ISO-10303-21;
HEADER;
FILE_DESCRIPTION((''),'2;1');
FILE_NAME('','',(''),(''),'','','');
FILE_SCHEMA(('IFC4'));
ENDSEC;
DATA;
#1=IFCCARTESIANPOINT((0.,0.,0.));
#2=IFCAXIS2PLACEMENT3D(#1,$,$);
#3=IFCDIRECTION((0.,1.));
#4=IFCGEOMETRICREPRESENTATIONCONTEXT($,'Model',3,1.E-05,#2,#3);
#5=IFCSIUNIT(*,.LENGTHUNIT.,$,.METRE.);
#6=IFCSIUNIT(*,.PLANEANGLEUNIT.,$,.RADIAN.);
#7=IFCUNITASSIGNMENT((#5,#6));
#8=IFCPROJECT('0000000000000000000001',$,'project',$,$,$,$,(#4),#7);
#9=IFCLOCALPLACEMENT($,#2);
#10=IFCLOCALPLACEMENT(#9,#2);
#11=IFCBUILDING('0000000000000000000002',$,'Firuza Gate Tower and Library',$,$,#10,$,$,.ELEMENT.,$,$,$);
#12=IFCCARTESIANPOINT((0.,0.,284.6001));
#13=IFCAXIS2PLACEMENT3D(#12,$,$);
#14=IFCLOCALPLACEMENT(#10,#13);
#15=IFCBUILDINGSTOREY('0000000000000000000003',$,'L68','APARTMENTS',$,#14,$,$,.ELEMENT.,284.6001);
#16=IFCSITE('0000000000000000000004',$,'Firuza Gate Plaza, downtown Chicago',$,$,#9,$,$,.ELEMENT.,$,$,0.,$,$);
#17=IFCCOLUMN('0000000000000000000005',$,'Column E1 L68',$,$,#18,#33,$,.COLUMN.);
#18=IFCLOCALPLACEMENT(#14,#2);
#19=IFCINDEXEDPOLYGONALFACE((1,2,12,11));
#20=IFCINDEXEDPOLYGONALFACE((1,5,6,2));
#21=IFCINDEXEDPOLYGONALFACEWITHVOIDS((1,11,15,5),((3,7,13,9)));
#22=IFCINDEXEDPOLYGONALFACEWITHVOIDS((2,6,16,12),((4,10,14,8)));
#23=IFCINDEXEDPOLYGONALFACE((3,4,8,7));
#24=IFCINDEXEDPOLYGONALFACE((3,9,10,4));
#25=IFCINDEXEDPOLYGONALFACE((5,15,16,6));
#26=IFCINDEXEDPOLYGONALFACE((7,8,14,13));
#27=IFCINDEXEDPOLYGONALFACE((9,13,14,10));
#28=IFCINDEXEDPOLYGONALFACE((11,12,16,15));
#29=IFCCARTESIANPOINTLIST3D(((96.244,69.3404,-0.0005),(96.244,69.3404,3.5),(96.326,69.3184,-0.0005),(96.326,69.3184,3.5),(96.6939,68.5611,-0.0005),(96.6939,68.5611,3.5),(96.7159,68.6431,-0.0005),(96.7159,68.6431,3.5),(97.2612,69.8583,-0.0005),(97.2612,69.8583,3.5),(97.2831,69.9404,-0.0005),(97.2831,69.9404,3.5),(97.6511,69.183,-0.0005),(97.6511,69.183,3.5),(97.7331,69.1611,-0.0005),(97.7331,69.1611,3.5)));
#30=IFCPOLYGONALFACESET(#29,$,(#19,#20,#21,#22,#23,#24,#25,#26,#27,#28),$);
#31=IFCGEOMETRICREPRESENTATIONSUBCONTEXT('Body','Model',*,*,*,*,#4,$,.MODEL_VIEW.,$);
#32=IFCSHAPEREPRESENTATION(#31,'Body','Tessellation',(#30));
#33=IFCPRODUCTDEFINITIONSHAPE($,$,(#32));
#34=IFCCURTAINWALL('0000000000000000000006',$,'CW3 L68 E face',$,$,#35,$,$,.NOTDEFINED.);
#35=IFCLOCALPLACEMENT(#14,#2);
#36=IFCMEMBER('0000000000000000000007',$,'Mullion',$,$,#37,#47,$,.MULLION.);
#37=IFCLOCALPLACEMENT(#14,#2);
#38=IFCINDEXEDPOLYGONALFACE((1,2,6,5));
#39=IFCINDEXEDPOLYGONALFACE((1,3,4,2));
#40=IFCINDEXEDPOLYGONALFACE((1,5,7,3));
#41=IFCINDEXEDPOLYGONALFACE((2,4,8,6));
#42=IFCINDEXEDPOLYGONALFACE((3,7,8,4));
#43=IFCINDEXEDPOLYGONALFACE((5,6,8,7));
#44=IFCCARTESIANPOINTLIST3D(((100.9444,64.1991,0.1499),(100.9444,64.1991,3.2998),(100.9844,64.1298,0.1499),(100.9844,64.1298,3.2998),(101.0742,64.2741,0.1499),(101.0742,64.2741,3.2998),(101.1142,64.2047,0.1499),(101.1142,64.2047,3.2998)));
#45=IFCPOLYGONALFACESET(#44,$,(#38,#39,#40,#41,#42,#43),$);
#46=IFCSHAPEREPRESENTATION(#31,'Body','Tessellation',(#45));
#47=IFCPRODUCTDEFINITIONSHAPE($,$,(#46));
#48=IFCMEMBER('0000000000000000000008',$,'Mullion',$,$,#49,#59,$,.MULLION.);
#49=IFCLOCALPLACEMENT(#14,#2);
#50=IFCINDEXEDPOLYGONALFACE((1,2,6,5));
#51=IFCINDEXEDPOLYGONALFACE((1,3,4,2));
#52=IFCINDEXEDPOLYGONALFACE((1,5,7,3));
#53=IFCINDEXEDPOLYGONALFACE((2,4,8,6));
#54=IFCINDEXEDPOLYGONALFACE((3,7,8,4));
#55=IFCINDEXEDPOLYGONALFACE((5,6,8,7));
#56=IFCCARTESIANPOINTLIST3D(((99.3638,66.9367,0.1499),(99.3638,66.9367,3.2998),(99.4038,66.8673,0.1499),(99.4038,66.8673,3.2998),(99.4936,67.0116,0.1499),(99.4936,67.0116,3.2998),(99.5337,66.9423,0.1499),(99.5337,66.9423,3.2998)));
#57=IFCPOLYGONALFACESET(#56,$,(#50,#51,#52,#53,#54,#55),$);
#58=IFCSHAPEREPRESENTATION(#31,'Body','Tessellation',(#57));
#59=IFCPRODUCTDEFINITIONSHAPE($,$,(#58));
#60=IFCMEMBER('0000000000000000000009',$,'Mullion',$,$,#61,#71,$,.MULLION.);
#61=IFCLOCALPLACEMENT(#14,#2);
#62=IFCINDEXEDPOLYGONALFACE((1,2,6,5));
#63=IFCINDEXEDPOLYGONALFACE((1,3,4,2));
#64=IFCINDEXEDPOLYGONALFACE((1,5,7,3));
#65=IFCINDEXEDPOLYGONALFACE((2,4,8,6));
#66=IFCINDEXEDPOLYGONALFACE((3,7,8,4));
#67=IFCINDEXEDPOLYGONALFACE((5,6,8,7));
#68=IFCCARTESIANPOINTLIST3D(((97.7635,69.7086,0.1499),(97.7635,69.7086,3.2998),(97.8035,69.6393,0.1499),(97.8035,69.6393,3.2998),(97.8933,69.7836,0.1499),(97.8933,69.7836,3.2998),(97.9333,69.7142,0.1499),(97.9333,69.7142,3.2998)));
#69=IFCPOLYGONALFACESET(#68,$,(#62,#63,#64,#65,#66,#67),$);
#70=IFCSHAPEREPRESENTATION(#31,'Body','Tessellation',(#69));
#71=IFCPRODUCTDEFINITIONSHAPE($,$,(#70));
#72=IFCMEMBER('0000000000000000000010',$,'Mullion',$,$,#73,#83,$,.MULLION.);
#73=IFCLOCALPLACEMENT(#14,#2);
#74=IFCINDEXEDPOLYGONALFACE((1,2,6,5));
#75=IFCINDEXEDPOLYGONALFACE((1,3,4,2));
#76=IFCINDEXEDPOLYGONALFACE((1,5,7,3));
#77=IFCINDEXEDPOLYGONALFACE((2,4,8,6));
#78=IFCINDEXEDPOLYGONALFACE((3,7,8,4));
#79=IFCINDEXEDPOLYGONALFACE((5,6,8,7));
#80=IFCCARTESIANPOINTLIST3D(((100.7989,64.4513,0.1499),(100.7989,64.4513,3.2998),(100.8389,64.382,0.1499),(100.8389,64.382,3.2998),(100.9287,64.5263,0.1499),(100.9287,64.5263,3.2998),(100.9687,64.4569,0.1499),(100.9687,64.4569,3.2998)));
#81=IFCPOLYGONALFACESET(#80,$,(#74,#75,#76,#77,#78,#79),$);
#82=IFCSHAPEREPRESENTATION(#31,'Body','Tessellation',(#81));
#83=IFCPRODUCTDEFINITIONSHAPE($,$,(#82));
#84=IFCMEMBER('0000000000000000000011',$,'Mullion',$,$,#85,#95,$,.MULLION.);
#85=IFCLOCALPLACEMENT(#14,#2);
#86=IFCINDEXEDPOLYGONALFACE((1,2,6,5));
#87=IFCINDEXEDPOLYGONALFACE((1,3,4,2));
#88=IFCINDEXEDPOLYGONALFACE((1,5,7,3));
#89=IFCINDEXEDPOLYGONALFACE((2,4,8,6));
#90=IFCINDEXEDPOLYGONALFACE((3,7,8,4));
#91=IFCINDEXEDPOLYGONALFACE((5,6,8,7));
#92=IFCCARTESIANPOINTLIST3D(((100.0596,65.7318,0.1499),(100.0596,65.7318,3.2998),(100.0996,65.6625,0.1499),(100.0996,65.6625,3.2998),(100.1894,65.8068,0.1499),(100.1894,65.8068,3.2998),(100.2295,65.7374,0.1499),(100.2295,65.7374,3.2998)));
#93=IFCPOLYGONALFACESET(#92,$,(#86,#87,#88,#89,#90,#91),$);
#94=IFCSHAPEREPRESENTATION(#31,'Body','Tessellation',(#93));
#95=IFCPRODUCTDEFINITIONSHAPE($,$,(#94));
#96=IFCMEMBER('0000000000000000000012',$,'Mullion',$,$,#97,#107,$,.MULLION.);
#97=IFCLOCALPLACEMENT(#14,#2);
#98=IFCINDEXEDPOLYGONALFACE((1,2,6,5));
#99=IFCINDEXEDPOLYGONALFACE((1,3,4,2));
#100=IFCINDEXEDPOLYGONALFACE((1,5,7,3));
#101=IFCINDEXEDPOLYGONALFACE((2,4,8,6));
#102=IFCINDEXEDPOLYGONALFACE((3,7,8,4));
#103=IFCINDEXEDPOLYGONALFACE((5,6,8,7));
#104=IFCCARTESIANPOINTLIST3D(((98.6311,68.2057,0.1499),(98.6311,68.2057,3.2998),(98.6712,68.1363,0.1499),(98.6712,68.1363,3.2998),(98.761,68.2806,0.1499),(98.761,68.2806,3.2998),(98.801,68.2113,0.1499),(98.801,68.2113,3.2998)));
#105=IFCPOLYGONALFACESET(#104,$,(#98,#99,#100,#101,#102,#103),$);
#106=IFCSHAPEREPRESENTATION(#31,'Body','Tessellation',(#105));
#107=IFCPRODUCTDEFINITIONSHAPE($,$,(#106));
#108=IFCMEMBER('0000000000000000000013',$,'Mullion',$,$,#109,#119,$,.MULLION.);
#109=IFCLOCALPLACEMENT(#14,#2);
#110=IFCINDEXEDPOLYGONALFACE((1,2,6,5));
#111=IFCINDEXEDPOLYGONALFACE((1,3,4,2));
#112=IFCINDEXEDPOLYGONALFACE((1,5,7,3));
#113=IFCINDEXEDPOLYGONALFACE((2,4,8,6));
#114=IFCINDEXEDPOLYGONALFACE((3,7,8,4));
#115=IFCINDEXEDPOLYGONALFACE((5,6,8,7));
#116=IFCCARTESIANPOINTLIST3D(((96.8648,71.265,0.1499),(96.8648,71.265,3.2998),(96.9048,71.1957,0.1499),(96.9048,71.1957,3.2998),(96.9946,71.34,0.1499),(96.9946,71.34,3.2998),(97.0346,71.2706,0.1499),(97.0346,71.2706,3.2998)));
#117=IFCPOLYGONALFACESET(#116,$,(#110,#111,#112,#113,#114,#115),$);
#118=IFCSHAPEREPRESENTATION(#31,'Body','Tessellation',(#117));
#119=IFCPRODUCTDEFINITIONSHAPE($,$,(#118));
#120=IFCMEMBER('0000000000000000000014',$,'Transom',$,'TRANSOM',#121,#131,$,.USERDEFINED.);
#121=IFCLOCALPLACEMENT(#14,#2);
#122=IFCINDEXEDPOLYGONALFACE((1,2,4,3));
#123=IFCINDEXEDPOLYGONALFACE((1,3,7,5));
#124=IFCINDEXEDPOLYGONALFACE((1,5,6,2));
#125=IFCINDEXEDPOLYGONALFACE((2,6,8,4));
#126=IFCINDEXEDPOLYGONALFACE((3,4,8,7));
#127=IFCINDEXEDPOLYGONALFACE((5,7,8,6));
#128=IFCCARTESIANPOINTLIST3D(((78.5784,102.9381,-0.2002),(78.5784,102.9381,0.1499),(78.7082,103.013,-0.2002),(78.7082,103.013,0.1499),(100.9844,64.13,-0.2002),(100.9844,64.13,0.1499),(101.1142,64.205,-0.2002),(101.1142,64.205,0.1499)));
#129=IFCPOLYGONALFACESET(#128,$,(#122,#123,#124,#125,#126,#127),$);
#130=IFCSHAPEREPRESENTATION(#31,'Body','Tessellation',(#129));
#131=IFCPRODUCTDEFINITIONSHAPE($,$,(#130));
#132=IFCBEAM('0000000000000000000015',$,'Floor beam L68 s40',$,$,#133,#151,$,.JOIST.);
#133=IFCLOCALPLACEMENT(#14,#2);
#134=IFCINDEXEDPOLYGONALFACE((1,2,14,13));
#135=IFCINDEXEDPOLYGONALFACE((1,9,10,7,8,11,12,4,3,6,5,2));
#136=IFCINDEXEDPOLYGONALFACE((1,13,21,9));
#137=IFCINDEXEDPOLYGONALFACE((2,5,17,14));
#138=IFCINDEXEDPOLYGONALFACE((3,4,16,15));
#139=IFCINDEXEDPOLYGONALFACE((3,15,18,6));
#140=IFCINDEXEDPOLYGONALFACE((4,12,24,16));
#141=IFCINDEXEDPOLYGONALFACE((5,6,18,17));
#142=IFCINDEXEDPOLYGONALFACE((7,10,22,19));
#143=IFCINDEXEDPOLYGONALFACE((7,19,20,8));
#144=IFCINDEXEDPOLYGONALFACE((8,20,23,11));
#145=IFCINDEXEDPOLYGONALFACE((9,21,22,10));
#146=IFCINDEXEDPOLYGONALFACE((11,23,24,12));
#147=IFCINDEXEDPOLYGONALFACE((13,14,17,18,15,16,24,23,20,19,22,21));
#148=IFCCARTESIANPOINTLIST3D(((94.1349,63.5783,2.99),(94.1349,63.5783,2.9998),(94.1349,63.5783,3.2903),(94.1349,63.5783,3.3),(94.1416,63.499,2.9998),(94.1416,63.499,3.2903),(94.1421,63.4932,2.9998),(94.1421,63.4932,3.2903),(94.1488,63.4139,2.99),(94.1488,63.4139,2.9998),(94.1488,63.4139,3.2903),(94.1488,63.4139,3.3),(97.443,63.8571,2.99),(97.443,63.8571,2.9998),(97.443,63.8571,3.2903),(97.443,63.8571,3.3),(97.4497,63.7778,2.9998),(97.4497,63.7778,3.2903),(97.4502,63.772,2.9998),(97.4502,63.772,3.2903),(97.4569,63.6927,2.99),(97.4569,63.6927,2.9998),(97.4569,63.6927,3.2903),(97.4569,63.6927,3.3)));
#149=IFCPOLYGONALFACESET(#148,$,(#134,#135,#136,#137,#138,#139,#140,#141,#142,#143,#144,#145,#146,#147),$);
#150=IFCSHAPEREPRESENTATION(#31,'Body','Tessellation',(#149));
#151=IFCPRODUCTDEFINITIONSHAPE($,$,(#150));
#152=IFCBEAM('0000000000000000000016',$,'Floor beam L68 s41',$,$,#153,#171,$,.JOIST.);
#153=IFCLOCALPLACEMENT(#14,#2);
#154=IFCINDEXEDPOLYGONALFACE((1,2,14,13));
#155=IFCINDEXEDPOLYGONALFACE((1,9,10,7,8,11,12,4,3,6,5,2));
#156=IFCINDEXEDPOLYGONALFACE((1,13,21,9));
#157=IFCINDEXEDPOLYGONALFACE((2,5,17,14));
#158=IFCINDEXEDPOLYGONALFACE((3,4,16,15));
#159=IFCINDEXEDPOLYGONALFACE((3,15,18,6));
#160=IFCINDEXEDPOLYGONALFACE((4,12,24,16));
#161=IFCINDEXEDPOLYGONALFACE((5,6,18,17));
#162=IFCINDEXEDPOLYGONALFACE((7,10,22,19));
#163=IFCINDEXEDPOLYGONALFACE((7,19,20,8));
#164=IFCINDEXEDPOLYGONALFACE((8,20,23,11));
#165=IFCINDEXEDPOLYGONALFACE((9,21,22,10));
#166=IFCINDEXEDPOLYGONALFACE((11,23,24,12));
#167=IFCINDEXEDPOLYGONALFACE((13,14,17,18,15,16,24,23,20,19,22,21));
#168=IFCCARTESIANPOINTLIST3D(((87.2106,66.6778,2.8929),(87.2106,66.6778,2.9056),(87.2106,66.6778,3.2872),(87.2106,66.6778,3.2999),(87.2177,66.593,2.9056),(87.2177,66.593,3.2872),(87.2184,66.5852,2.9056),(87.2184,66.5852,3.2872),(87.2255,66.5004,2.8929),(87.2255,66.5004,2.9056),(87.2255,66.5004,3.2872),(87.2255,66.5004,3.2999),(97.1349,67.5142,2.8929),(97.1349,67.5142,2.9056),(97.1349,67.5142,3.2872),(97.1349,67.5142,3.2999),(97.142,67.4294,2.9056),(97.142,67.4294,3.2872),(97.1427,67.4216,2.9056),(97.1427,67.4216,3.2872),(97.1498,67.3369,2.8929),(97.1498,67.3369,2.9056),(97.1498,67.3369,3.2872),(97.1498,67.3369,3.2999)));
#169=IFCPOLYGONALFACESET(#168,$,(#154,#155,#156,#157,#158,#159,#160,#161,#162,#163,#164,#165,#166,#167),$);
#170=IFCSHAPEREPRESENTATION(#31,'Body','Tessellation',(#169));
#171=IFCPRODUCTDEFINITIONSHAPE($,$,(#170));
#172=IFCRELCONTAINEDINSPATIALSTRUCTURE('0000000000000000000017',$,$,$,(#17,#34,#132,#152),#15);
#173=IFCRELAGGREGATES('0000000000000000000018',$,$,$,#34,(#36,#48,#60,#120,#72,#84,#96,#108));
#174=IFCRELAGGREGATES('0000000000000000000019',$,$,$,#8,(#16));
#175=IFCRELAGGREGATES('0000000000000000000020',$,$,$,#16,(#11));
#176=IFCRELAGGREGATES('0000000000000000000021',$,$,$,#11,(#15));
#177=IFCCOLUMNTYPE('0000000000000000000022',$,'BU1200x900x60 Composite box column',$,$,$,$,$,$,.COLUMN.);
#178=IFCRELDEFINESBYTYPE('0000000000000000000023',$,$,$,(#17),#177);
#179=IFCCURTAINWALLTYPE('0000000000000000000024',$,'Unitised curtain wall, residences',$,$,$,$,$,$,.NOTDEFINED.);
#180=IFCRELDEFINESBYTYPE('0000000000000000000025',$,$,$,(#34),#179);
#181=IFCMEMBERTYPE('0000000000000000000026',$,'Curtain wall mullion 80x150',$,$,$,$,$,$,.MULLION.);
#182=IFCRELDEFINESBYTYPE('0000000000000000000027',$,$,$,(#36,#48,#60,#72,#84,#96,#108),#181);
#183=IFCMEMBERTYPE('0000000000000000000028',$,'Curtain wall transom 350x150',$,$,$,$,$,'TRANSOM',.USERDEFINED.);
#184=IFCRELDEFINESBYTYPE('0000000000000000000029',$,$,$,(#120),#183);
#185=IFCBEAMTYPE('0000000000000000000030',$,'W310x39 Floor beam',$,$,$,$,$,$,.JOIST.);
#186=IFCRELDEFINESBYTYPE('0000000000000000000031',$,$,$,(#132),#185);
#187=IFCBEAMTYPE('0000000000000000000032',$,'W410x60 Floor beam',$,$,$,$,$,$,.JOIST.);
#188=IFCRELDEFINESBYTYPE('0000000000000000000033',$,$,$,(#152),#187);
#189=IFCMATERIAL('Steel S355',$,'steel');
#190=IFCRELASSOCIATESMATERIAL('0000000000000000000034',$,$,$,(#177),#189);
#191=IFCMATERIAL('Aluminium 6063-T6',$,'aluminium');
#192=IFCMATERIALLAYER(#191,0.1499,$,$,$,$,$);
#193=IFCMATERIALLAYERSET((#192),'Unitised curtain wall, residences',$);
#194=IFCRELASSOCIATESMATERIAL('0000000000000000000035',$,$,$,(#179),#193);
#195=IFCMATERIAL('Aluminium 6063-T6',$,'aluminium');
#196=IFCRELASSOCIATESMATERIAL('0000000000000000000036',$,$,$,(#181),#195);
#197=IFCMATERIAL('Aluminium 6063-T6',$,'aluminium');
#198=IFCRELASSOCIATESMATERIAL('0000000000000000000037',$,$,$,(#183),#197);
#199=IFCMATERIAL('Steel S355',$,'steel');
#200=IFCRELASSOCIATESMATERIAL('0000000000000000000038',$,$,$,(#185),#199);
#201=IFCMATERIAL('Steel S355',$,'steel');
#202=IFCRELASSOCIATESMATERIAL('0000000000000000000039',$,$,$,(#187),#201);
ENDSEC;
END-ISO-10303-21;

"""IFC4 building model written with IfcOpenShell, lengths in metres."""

from ifc_helpers import new_model, si_unit, direction, frame, origin, origin_2d, place, context, subcontext, project, spatial, rectangle, hollow_rectangle, i_section, extrude, material, layer, layer_set, material_profile, profile_set, type_object, element, aggregate, save


model = new_model("IFC4")

# Units and contexts
model_context = context("Model", 3, precision=1e-05, world=origin(), true_north=direction((0.0, 1.0)))
body_context = subcontext(model_context, "Body", "Model", "MODEL_VIEW")
ifc_project = project(units=[si_unit("LENGTHUNIT", "METRE"), si_unit("PLANEANGLEUNIT", "RADIAN")], contexts=[model_context])

# Site, building, storey
site_placement = place(None, origin())
site = spatial("IfcSite", under=ifc_project, at=site_placement, Name="Firuza Gate Plaza, downtown Chicago", CompositionType="ELEMENT", RefElevation=0.0)
building_placement = place(site_placement, origin())
building = spatial("IfcBuilding", under=site, at=building_placement, Name="Firuza Gate Tower and Library", CompositionType="ELEMENT")
storey_placement = place(building_placement, frame((0.0, 0.0, 284.6001)))
storey = spatial("IfcBuildingStorey", under=building, at=storey_placement, Name="L68", Description="APARTMENTS", CompositionType="ELEMENT", Elevation=284.6001)

# Column
ifc_material_1 = material(Name="Steel S355", Category="steel")
ifc_material_profile_1 = material_profile(ifc_material_1, hollow_rectangle(XDim=0.8999, YDim=1.2, WallThickness=0.0601, at=origin_2d()))
ifc_profile_set_1 = profile_set([ifc_material_profile_1], Name="Steel S355")
column_type = type_object("IfcColumnType", Name="BU1200x900x60 Composite box column", PredefinedType="COLUMN", material=ifc_profile_set_1)
column_placement = place(storey_placement, frame((96.9885, 69.2507, -0.0005), z_axis=(0.0, 0.0, 1.0), x_axis=(-0.5, 0.866025, 0.0)))
element("IfcColumn", 1, at=column_placement, inside=storey, type_object=column_type, Name="Column E1 L68", PredefinedType="COLUMN", context=body_context, shape_type="SweptSolid", body=[
    extrude(hollow_rectangle(XDim=0.8999, YDim=1.2, WallThickness=0.0601, at=origin_2d()), origin(), (0.0, 0.0, 1.0), 3.5005),
])

# Curtain wall, members
ifc_material_2 = material(Name="Aluminium 6063-T6", Category="aluminium")
ifc_layer_1 = layer(ifc_material_2, 0.1499)
ifc_layer_set_1 = layer_set([ifc_layer_1], Name="Unitised curtain wall, residences")
curtain_wall_type = type_object("IfcCurtainWallType", Name="Unitised curtain wall, residences", PredefinedType="NOTDEFINED", material=ifc_layer_set_1)
curtain_wall_placement = place(storey_placement, origin())
curtain_wall = element("IfcCurtainWall", 2, at=curtain_wall_placement, inside=storey, type_object=curtain_wall_type, Name="CW3 L68 E face", PredefinedType="NOTDEFINED")
ifc_material_3 = material(Name="Aluminium 6063-T6", Category="aluminium")
ifc_material_profile_2 = material_profile(ifc_material_3, rectangle(XDim=0.1499, YDim=0.0801, at=origin_2d()))
ifc_profile_set_2 = profile_set([ifc_material_profile_2], Name="Aluminium 6063-T6")
member_type_1 = type_object("IfcMemberType", Name="Curtain wall mullion 80x150", PredefinedType="MULLION", material=ifc_profile_set_2)
member_1_placement = place(storey_placement, frame((101.0293, 64.2019, 0.1499), z_axis=(0.0, 0.0, 1.0), x_axis=(-0.866025, -0.5, 0.0)))
member_1 = element("IfcMember", 3, at=member_1_placement, type_object=member_type_1, Name="Mullion", PredefinedType="MULLION", context=body_context, shape_type="SweptSolid", body=[
    extrude(rectangle(XDim=0.1499, YDim=0.0801, at=origin_2d()), origin(), (0.0, 0.0, 1.0), 3.1499),
])
member_2_placement = place(storey_placement, frame((99.4487, 66.9395, 0.1499), z_axis=(0.0, 0.0, 1.0), x_axis=(-0.866025, -0.5, 0.0)))
member_2 = element("IfcMember", 4, at=member_2_placement, type_object=member_type_1, Name="Mullion", PredefinedType="MULLION", context=body_context, shape_type="SweptSolid", body=[
    extrude(rectangle(XDim=0.1499, YDim=0.0801, at=origin_2d()), origin(), (0.0, 0.0, 1.0), 3.1499),
])
member_3_placement = place(storey_placement, frame((97.8484, 69.7114, 0.1499), z_axis=(0.0, 0.0, 1.0), x_axis=(-0.866025, -0.5, 0.0)))
member_3 = element("IfcMember", 5, at=member_3_placement, type_object=member_type_1, Name="Mullion", PredefinedType="MULLION", context=body_context, shape_type="SweptSolid", body=[
    extrude(rectangle(XDim=0.1499, YDim=0.0801, at=origin_2d()), origin(), (0.0, 0.0, 1.0), 3.1499),
])
member_4_placement = place(storey_placement, frame((100.8838, 64.4541, 0.1499), z_axis=(0.0, 0.0, 1.0), x_axis=(-0.866025, -0.5, 0.0)))
member_4 = element("IfcMember", 6, at=member_4_placement, type_object=member_type_1, Name="Mullion", PredefinedType="MULLION", context=body_context, shape_type="SweptSolid", body=[
    extrude(rectangle(XDim=0.1499, YDim=0.0801, at=origin_2d()), origin(), (0.0, 0.0, 1.0), 3.1499),
])
member_5_placement = place(storey_placement, frame((100.1445, 65.7346, 0.1499), z_axis=(0.0, 0.0, 1.0), x_axis=(-0.866025, -0.5, 0.0)))
member_5 = element("IfcMember", 7, at=member_5_placement, type_object=member_type_1, Name="Mullion", PredefinedType="MULLION", context=body_context, shape_type="SweptSolid", body=[
    extrude(rectangle(XDim=0.1499, YDim=0.0801, at=origin_2d()), origin(), (0.0, 0.0, 1.0), 3.1499),
])
member_6_placement = place(storey_placement, frame((98.7161, 68.2085, 0.1499), z_axis=(0.0, 0.0, 1.0), x_axis=(-0.866025, -0.5, 0.0)))
member_6 = element("IfcMember", 8, at=member_6_placement, type_object=member_type_1, Name="Mullion", PredefinedType="MULLION", context=body_context, shape_type="SweptSolid", body=[
    extrude(rectangle(XDim=0.1499, YDim=0.0801, at=origin_2d()), origin(), (0.0, 0.0, 1.0), 3.1499),
])
member_7_placement = place(storey_placement, frame((96.9497, 71.2678, 0.1499), z_axis=(0.0, 0.0, 1.0), x_axis=(-0.866025, -0.5, 0.0)))
member_7 = element("IfcMember", 9, at=member_7_placement, type_object=member_type_1, Name="Mullion", PredefinedType="MULLION", context=body_context, shape_type="SweptSolid", body=[
    extrude(rectangle(XDim=0.1499, YDim=0.0801, at=origin_2d()), origin(), (0.0, 0.0, 1.0), 3.1499),
])
ifc_material_4 = material(Name="Aluminium 6063-T6", Category="aluminium")
ifc_material_profile_3 = material_profile(ifc_material_4, rectangle(XDim=0.1499, YDim=0.3501, at=origin_2d()))
ifc_profile_set_3 = profile_set([ifc_material_profile_3], Name="Aluminium 6063-T6")
member_type_2 = type_object("IfcMemberType", Name="Curtain wall transom 350x150", ElementType="TRANSOM", PredefinedType="USERDEFINED", material=ifc_profile_set_3)
member_8_placement = place(storey_placement, frame((101.0493, 64.1675, -0.0251), z_axis=(-0.500002, 0.866024, 0.0), x_axis=(-0.866024, -0.500002, 0.0)))
member_8 = element("IfcMember", 10, at=member_8_placement, type_object=member_type_2, Name="Transom", ObjectType="TRANSOM", PredefinedType="USERDEFINED", context=body_context, shape_type="SweptSolid", body=[
    extrude(rectangle(XDim=0.1499, YDim=0.3501, at=origin_2d()), origin(), (0.0, 0.0, 1.0), 44.8118),
])

# Beams
ifc_material_5 = material(Name="Steel S355", Category="steel")
ifc_material_profile_4 = material_profile(ifc_material_5, i_section(OverallWidth=0.165, OverallDepth=0.3101, WebThickness=0.0059, FlangeThickness=0.0098, at=origin_2d()))
ifc_profile_set_4 = profile_set([ifc_material_profile_4], Name="Steel S355")
beam_type_1 = type_object("IfcBeamType", Name="W310x39 Floor beam", PredefinedType="JOIST", material=ifc_profile_set_4)
beam_1_placement = place(storey_placement, frame((97.45, 63.7749, 3.145), z_axis=(-0.996467, -0.083983, 0.0), x_axis=(0.083983, -0.996467, 0.0)))
element("IfcBeam", 11, at=beam_1_placement, inside=storey, type_object=beam_type_1, Name="Floor beam L68 s40", PredefinedType="JOIST", context=body_context, shape_type="SweptSolid", body=[
    extrude(i_section(OverallWidth=0.165, OverallDepth=0.3101, WebThickness=0.0059, FlangeThickness=0.0098, at=origin_2d()), origin(), (0.0, 0.0, 1.0), 3.3198),
])
ifc_material_6 = material(Name="Steel S355", Category="steel")
ifc_material_profile_5 = material_profile(ifc_material_6, i_section(OverallWidth=0.178, OverallDepth=0.407, WebThickness=0.0078, FlangeThickness=0.0127, at=origin_2d()))
ifc_profile_set_5 = profile_set([ifc_material_profile_5], Name="Steel S355")
beam_type_2 = type_object("IfcBeamType", Name="W410x60 Floor beam", PredefinedType="JOIST", material=ifc_profile_set_5)
beam_2_placement = place(storey_placement, frame((97.1423, 67.4255, 3.0964), z_axis=(-0.996467, -0.083983, 0.0), x_axis=(0.083983, -0.996467, 0.0)))
element("IfcBeam", 12, at=beam_2_placement, inside=storey, type_object=beam_type_2, Name="Floor beam L68 s41", PredefinedType="JOIST", context=body_context, shape_type="SweptSolid", body=[
    extrude(i_section(OverallWidth=0.178, OverallDepth=0.407, WebThickness=0.0078, FlangeThickness=0.0127, at=origin_2d()), origin(), (0.0, 0.0, 1.0), 9.9595),
])

aggregate(curtain_wall, [member_1, member_2, member_3, member_8, member_4, member_5, member_6, member_7])

save(model, "model.ifc")
